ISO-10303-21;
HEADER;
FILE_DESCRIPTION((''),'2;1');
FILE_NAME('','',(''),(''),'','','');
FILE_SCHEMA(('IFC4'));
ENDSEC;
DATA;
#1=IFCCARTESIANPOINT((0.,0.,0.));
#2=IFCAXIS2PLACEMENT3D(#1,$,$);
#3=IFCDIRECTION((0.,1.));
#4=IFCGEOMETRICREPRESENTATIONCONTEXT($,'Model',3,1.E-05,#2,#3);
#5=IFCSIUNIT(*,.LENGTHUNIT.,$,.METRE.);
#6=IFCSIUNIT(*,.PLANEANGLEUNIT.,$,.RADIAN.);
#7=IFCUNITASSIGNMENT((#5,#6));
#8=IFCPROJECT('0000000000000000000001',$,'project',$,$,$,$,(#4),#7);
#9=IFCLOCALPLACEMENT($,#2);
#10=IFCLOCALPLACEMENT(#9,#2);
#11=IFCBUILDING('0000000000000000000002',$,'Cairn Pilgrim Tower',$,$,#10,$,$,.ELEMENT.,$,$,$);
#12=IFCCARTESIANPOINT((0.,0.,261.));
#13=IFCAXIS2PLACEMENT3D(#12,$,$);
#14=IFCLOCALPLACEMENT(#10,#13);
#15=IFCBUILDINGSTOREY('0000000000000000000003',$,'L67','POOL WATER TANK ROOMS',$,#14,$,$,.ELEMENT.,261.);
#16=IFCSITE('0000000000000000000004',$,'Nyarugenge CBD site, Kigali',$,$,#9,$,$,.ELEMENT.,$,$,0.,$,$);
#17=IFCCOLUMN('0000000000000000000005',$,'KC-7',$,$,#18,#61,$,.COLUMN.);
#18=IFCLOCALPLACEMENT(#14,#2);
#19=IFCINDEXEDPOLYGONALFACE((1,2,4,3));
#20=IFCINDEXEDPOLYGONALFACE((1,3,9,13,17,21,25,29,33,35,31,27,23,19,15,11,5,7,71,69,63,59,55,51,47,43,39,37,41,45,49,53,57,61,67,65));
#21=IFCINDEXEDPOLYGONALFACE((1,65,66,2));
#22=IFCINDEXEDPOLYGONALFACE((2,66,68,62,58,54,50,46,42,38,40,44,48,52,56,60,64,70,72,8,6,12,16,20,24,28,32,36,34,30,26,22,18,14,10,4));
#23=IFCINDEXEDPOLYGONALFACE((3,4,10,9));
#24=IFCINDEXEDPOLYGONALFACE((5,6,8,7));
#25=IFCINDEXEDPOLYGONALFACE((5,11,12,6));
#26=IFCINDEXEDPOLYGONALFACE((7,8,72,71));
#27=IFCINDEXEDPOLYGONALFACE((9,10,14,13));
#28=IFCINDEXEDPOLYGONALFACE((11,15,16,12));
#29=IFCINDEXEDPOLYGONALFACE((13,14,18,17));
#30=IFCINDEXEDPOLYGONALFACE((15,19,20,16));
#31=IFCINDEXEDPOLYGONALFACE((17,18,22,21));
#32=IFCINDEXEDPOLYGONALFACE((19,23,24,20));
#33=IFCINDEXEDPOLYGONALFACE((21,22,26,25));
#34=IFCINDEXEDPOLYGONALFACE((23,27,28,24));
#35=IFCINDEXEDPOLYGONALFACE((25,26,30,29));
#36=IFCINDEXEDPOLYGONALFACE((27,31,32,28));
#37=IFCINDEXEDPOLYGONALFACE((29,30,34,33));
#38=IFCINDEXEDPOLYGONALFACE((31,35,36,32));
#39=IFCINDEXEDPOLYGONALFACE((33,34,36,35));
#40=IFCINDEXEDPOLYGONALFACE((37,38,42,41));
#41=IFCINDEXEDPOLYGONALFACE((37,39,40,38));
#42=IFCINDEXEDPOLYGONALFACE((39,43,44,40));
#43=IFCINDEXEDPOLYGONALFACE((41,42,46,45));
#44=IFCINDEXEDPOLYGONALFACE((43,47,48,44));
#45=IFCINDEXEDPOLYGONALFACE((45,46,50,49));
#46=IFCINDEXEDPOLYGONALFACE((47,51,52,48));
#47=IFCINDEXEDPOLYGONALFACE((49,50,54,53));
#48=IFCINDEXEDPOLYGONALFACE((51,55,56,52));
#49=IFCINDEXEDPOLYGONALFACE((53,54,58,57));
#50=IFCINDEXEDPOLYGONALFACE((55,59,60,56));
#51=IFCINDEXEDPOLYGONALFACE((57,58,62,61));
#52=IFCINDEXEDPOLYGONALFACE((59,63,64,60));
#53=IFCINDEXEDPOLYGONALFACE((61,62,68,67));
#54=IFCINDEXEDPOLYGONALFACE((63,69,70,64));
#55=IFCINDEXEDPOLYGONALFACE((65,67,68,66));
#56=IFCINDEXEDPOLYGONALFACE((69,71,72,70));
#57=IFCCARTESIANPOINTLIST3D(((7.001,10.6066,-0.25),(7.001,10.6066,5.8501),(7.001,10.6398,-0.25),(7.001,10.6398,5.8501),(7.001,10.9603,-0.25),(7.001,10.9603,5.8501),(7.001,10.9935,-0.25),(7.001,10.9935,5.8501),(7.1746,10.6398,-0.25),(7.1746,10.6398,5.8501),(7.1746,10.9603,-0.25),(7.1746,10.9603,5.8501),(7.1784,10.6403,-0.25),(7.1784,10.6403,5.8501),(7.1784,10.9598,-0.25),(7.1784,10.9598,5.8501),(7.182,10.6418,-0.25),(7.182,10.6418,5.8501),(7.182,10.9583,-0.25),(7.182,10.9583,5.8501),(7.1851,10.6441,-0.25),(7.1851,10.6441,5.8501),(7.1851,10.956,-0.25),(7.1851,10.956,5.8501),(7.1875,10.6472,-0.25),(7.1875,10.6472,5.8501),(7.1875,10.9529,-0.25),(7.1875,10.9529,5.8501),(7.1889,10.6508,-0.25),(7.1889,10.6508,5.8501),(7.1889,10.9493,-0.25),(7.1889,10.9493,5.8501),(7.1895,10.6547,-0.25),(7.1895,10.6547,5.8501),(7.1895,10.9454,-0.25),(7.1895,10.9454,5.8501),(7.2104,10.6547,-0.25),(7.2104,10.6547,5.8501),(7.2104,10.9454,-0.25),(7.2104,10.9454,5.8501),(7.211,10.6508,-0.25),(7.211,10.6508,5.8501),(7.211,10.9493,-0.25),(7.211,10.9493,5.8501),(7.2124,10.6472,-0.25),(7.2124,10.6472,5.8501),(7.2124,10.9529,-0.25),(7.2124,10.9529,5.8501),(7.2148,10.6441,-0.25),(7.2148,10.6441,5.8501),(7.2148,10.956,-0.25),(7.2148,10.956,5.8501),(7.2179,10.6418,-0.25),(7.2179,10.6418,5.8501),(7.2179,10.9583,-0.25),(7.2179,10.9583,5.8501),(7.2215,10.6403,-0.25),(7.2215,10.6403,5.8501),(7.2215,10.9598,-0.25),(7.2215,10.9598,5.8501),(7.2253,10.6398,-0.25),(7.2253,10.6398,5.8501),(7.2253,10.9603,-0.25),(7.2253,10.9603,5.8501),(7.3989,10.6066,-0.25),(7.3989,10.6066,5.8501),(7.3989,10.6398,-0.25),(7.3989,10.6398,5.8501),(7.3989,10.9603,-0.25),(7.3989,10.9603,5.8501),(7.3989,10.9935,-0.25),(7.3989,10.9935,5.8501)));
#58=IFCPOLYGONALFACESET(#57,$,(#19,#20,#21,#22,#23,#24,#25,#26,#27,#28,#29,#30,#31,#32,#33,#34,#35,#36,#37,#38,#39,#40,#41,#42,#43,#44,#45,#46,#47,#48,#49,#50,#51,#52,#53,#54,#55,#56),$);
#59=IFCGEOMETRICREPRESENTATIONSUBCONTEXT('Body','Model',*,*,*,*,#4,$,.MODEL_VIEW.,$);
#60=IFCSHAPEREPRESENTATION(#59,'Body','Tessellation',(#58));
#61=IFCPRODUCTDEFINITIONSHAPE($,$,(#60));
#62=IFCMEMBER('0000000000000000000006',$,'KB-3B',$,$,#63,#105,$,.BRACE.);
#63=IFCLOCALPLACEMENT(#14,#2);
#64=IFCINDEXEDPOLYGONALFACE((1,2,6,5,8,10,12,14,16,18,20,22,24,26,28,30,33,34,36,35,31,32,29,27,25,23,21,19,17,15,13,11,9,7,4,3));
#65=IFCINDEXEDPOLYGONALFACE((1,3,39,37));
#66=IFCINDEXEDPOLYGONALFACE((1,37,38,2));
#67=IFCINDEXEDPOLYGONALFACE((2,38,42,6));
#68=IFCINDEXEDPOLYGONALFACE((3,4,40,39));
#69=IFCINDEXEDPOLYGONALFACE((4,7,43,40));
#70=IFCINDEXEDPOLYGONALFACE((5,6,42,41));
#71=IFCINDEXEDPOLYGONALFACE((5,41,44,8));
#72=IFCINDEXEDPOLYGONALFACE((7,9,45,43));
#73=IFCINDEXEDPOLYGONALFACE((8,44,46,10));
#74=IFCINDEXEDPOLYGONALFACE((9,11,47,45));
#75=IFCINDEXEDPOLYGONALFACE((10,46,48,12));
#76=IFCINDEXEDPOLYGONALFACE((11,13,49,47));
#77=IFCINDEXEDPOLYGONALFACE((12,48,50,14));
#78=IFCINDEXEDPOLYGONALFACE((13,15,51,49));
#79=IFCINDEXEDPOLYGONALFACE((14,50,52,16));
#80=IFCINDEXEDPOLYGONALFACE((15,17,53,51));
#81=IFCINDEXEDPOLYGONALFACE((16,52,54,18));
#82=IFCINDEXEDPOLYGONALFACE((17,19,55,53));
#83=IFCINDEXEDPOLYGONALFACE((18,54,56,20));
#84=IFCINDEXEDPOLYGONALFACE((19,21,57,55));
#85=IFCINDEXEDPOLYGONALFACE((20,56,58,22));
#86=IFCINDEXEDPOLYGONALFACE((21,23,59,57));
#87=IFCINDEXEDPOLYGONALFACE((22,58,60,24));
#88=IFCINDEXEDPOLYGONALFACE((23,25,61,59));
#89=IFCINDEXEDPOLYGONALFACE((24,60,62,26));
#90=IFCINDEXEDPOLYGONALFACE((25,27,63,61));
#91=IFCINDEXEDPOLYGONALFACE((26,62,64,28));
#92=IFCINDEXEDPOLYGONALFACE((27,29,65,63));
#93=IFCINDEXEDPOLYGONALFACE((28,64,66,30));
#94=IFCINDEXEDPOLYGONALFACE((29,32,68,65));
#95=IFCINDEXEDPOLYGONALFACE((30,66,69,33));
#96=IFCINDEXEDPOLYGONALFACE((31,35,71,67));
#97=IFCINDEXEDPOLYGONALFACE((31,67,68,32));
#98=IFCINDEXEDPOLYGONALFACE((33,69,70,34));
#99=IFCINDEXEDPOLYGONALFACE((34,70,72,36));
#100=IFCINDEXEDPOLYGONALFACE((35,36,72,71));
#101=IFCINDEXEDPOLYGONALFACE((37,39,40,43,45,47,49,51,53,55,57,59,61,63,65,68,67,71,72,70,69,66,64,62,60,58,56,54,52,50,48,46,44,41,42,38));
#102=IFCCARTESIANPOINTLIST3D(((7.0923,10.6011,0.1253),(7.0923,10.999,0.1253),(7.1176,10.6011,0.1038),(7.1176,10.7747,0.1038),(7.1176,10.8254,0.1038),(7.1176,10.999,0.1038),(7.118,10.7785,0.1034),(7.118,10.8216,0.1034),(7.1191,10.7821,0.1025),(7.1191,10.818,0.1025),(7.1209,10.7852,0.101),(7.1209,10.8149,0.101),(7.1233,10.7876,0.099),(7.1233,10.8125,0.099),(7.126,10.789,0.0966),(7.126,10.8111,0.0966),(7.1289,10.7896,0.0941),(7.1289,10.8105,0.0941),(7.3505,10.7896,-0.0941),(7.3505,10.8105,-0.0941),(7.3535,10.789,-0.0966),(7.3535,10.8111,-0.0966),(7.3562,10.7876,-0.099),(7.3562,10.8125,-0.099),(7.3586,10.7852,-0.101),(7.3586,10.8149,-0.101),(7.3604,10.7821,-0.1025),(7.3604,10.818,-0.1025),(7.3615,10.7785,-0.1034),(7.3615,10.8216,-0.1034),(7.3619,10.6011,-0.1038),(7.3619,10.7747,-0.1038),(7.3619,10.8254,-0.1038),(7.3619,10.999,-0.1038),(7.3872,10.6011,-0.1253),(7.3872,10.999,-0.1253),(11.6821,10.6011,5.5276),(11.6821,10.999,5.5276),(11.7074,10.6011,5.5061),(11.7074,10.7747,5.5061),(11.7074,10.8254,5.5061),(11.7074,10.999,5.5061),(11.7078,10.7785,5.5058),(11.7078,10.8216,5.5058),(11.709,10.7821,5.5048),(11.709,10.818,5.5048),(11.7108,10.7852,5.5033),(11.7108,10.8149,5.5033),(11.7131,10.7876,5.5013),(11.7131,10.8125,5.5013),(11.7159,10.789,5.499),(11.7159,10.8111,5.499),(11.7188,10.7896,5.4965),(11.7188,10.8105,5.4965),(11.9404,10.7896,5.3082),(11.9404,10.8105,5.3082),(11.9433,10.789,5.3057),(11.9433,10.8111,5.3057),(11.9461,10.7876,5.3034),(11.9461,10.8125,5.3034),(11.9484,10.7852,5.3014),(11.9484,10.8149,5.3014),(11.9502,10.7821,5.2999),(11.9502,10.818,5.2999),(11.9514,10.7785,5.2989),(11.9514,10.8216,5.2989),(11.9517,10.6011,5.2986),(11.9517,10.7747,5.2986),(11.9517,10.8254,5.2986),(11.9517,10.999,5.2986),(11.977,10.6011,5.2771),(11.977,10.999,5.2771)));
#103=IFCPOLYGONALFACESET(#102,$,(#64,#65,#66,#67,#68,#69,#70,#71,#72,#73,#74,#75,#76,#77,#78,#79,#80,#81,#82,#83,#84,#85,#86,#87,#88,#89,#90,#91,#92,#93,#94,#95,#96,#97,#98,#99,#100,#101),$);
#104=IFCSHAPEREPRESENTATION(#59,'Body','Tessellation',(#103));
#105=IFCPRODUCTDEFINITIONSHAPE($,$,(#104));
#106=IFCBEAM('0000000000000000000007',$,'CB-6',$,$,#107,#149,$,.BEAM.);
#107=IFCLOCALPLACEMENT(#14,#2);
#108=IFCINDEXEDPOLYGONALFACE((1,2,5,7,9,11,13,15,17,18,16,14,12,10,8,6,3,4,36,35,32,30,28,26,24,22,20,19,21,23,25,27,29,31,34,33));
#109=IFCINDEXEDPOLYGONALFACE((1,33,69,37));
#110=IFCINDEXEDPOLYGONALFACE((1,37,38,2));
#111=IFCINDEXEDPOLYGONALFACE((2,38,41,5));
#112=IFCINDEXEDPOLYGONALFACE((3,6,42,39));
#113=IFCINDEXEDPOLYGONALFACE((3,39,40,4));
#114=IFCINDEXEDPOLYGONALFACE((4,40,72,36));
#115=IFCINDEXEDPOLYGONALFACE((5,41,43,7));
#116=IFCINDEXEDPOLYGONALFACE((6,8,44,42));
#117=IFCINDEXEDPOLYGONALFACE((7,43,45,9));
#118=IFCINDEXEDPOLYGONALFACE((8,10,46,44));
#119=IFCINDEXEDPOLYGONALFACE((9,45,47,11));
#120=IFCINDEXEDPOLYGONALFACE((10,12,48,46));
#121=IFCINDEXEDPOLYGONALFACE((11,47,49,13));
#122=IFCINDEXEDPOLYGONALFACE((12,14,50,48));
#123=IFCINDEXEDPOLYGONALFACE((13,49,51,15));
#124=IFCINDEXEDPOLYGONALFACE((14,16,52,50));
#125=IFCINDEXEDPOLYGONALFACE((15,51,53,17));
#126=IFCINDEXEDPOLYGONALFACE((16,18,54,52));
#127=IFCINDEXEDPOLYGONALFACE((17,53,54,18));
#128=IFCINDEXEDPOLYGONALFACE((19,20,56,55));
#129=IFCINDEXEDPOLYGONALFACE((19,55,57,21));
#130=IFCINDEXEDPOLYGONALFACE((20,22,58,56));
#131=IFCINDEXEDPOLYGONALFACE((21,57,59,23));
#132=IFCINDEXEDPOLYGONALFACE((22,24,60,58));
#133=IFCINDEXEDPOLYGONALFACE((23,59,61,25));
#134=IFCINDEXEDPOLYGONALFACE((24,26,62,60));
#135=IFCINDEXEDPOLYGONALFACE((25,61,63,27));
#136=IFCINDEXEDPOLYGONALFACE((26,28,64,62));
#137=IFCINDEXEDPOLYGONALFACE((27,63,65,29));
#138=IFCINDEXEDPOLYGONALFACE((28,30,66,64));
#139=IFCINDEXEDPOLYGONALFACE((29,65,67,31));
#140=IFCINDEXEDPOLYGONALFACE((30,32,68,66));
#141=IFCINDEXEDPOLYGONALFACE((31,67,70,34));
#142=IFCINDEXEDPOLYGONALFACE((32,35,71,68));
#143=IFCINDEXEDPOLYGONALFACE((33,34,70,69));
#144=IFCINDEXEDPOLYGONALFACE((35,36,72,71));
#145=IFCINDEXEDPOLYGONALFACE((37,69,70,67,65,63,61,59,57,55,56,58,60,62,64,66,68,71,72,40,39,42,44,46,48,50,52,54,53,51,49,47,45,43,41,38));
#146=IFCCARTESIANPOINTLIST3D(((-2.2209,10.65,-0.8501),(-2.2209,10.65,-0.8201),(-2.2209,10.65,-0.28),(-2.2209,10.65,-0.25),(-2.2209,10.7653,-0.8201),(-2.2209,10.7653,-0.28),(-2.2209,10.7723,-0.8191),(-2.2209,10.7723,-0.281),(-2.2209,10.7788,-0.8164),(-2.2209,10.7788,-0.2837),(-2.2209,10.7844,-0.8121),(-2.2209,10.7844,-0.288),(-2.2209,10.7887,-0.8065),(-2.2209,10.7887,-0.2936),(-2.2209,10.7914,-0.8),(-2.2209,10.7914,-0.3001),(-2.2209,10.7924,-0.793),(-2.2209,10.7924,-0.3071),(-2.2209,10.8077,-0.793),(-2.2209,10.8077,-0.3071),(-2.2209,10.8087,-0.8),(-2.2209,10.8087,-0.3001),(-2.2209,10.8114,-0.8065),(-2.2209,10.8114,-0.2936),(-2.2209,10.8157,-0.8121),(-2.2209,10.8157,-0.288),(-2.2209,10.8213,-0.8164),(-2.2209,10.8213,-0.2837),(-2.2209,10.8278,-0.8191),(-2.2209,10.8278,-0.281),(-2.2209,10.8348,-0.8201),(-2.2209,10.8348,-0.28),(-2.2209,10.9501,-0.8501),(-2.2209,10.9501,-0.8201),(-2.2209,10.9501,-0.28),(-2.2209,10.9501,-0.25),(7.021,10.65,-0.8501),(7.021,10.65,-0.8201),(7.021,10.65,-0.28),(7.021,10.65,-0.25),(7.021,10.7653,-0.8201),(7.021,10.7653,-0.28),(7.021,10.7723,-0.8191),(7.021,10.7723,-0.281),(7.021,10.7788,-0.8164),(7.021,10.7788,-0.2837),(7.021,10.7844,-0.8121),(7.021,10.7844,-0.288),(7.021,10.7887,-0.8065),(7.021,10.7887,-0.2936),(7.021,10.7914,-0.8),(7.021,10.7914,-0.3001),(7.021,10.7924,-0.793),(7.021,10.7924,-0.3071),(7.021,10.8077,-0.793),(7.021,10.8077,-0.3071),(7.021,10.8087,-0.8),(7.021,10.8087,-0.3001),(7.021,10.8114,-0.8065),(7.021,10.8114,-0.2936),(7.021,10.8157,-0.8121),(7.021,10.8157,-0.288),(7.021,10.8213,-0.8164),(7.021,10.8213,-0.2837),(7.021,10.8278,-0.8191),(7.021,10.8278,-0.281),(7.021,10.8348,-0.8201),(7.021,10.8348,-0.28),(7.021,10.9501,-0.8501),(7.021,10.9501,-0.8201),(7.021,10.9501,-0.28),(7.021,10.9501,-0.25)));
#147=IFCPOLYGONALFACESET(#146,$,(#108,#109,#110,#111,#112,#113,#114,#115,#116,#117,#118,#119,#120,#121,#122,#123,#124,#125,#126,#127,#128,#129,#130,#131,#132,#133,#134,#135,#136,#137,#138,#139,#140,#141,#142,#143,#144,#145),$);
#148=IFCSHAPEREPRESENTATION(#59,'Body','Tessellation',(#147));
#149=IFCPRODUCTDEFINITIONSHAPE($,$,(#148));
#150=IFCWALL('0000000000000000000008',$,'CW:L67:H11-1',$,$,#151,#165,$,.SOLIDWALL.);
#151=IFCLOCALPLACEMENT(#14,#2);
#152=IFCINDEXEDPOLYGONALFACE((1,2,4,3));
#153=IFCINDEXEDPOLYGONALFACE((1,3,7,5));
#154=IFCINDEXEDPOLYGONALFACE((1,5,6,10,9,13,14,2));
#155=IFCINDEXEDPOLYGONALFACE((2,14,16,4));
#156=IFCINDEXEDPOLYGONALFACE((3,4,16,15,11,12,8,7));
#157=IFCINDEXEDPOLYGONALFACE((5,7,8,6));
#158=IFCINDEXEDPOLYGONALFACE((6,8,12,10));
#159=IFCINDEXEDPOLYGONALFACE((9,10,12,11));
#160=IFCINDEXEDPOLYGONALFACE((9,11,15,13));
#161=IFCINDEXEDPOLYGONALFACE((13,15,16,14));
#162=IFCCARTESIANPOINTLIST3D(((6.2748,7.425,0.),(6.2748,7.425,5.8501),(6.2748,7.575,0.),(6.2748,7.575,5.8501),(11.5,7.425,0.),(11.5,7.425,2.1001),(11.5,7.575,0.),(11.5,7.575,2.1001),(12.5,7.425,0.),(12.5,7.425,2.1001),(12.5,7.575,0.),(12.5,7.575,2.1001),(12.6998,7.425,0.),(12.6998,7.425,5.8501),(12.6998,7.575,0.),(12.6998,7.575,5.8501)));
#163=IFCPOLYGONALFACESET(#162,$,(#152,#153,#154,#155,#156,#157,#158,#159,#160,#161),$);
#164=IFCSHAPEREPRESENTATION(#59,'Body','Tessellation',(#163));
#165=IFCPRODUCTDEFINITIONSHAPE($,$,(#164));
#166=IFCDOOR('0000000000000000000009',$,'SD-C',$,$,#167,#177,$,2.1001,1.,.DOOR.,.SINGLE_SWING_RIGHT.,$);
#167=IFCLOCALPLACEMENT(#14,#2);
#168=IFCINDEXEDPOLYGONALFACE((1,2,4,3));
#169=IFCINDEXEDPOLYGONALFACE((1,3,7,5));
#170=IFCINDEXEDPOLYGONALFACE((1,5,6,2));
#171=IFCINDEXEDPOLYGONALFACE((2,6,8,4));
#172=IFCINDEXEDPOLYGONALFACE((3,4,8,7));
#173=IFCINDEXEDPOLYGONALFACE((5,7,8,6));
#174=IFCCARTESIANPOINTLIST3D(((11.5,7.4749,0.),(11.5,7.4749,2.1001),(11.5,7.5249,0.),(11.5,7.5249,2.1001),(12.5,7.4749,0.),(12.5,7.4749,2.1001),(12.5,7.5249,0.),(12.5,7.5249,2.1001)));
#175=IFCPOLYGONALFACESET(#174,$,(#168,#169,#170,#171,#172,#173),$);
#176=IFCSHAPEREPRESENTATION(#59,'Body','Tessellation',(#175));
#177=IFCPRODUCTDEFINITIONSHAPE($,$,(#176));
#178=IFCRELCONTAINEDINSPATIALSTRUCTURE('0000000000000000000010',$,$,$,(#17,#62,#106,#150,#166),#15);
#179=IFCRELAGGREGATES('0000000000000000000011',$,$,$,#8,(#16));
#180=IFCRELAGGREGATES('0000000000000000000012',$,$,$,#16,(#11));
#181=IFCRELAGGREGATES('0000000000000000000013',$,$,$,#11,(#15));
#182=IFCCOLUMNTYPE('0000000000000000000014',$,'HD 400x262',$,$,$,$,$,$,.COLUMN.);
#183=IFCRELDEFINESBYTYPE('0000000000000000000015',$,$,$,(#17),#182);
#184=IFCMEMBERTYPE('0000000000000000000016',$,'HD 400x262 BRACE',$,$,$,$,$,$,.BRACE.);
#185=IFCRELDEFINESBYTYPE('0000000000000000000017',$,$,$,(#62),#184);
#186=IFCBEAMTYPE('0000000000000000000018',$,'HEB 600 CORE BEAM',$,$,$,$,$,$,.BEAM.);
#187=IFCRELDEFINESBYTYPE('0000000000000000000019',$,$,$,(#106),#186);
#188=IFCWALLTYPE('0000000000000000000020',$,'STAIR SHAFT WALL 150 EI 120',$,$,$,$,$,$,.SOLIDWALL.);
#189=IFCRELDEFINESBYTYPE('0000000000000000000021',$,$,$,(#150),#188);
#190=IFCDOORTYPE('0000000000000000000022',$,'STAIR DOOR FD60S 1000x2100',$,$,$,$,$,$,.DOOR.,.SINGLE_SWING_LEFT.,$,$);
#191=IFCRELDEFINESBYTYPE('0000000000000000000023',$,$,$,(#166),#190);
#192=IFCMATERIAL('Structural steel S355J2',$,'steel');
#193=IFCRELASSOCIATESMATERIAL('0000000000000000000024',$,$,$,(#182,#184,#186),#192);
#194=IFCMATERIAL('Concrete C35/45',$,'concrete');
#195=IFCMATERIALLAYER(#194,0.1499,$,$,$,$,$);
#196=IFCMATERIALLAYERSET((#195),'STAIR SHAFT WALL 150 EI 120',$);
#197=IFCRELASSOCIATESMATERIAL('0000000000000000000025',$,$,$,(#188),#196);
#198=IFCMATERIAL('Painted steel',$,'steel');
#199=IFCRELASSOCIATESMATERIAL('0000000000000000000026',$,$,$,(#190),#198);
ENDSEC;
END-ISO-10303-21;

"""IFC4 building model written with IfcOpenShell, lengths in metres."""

from ifc_helpers import new_model, si_unit, direction, frame, frame_2d, origin, origin_2d, place, context, subcontext, project, spatial, rectangle, i_section, extrude, material, layer, layer_set, material_profile, profile_set, type_object, element, fill, save


model = new_model("IFC4")

# Units and contexts
model_context = context("Model", 3, precision=1e-05, world=origin(), true_north=direction((0.0, 1.0)))
body_context = subcontext(model_context, "Body", "Model", "MODEL_VIEW")
ifc_project = project(units=[si_unit("LENGTHUNIT", "METRE"), si_unit("PLANEANGLEUNIT", "RADIAN")], contexts=[model_context])

# Site, building, storey
site_placement = place(None, origin())
site = spatial("IfcSite", under=ifc_project, at=site_placement, Name="Nyarugenge CBD site, Kigali", CompositionType="ELEMENT", RefElevation=0.0)
building_placement = place(site_placement, origin())
building = spatial("IfcBuilding", under=site, at=building_placement, Name="Cairn Pilgrim Tower", CompositionType="ELEMENT")
storey_placement = place(building_placement, frame((0.0, 0.0, 261.0)))
storey = spatial("IfcBuildingStorey", under=building, at=storey_placement, Name="L67", Description="POOL WATER TANK ROOMS", CompositionType="ELEMENT", Elevation=261.0)

# Column
ifc_material_1 = material(Name="Structural steel S355J2", Category="steel")
ifc_material_profile_1 = material_profile(ifc_material_1, i_section(OverallWidth=0.3979, OverallDepth=0.387, WebThickness=0.021, FlangeThickness=0.0332, FilletRadius=0.0149, at=origin_2d()), Name="HD 400x262")
ifc_profile_set_1 = profile_set([ifc_material_profile_1], Name="Structural steel S355J2")
column_type = type_object("IfcColumnType", Name="HD 400x262", PredefinedType="COLUMN", material=ifc_profile_set_1)
column_placement = place(storey_placement, frame((7.2, 10.8, -0.25), z_axis=(0.0, 0.0, 1.0), x_axis=(1.0, 0.0, 0.0)))
element("IfcColumn", 1, at=column_placement, inside=storey, type_object=column_type, Name="KC-7", PredefinedType="COLUMN", context=body_context, shape_type="SweptSolid", body=[
    extrude(i_section(OverallWidth=0.3979, OverallDepth=0.387, WebThickness=0.021, FlangeThickness=0.0332, FilletRadius=0.0149, at=origin_2d()), origin(), (0.0, 0.0, 1.0), 6.1001),
])

# Member
ifc_material_profile_2 = material_profile(ifc_material_1, i_section(OverallWidth=0.3979, OverallDepth=0.387, WebThickness=0.021, FlangeThickness=0.0332, FilletRadius=0.0149, at=origin_2d()), Name="HD 400x262")
ifc_profile_set_2 = profile_set([ifc_material_profile_2], Name="Structural steel S355J2")
member_type = type_object("IfcMemberType", Name="HD 400x262 BRACE", PredefinedType="BRACE", material=ifc_profile_set_2)
member_placement = place(storey_placement, frame((7.2397, 10.8, 0.0), z_axis=(0.647472, 0.0, 0.762089), x_axis=(0.0, 1.0, 0.0)))
element("IfcMember", 2, at=member_placement, inside=storey, type_object=member_type, Name="KB-3B", PredefinedType="BRACE", context=body_context, shape_type="SweptSolid", body=[
    extrude(i_section(OverallWidth=0.3979, OverallDepth=0.387, WebThickness=0.021, FlangeThickness=0.0332, FilletRadius=0.0149, at=origin_2d()), origin(), (0.0, 0.0, 1.0), 7.0889),
])

# Beam
ifc_material_profile_3 = material_profile(ifc_material_1, i_section(OverallWidth=0.3, OverallDepth=0.6001, WebThickness=0.0154, FlangeThickness=0.03, FilletRadius=0.0271, at=origin_2d()), Name="HEB 600")
ifc_profile_set_3 = profile_set([ifc_material_profile_3], Name="Structural steel S355J2")
beam_type = type_object("IfcBeamType", Name="HEB 600 CORE BEAM", PredefinedType="BEAM", material=ifc_profile_set_3)
beam_placement = place(storey_placement, frame((7.021, 10.8, -0.55), z_axis=(-1.0, 0.0, 0.0), x_axis=(0.0, -1.0, 0.0)))
element("IfcBeam", 3, at=beam_placement, inside=storey, type_object=beam_type, Name="CB-6", PredefinedType="BEAM", context=body_context, shape_type="SweptSolid", body=[
    extrude(i_section(OverallWidth=0.3, OverallDepth=0.6001, WebThickness=0.0154, FlangeThickness=0.03, FilletRadius=0.0271, at=origin_2d()), origin(), (0.0, 0.0, 1.0), 9.2419),
])

# Wall, opening, door
ifc_material_2 = material(Name="Concrete C35/45", Category="concrete")
ifc_layer_1 = layer(ifc_material_2, 0.1499)
ifc_layer_set_1 = layer_set([ifc_layer_1], Name="STAIR SHAFT WALL 150 EI 120")
wall_type_1 = type_object("IfcWallType", Name="STAIR SHAFT WALL 150 EI 120", PredefinedType="SOLIDWALL", material=ifc_layer_set_1)
wall_1_placement = place(storey_placement, frame((6.2749, 7.5, 0.0), z_axis=(0.0, 0.0, 1.0), x_axis=(1.0, 0.0, 0.0)))
wall_1 = element("IfcWall", 4, at=wall_1_placement, inside=storey, type_object=wall_type_1, Name="CW:L67:H11-1", PredefinedType="SOLIDWALL", context=body_context, shape_type="SweptSolid", body=[
    extrude(rectangle(XDim=6.425, YDim=0.1499, at=frame_2d((3.2124, 0.0))), origin(), (0.0, 0.0, 1.0), 5.8501),
])
opening_placement = place(wall_1_placement, frame((5.2251, 0.0, 0.0)))
opening = element("IfcOpeningElement", 5, at=opening_placement, cuts=wall_1, PredefinedType="OPENING", context=body_context, shape_type="SweptSolid", body=[
    extrude(rectangle(XDim=1.0, YDim=2.1001, at=frame_2d((0.5, 1.05))), frame((0.0, 0.085, 0.0), z_axis=(0.0, -1.0, 0.0), x_axis=(1.0, 0.0, 0.0)), (0.0, 0.0, 1.0), 0.1699),
])
ifc_material_3 = material(Name="Painted steel", Category="steel")
door_type = type_object("IfcDoorType", Name="STAIR DOOR FD60S 1000x2100", OperationType="SINGLE_SWING_LEFT", PredefinedType="DOOR", material=ifc_material_3)
door_placement = place(opening_placement, origin())
door = element("IfcDoor", 6, at=door_placement, inside=storey, type_object=door_type, Name="SD-C", OperationType="SINGLE_SWING_RIGHT", OverallHeight=2.1001, OverallWidth=1.0, PredefinedType="DOOR", context=body_context, shape_type="SweptSolid", body=[
    extrude(rectangle(XDim=1.0, YDim=2.1001, at=frame_2d((0.5, 1.05))), frame((0.0, 0.0249, 0.0), z_axis=(0.0, -1.0, 0.0), x_axis=(1.0, 0.0, 0.0)), (0.0, 0.0, 1.0), 0.05),
])
fill(opening, door)

save(model, "model.ifc")
